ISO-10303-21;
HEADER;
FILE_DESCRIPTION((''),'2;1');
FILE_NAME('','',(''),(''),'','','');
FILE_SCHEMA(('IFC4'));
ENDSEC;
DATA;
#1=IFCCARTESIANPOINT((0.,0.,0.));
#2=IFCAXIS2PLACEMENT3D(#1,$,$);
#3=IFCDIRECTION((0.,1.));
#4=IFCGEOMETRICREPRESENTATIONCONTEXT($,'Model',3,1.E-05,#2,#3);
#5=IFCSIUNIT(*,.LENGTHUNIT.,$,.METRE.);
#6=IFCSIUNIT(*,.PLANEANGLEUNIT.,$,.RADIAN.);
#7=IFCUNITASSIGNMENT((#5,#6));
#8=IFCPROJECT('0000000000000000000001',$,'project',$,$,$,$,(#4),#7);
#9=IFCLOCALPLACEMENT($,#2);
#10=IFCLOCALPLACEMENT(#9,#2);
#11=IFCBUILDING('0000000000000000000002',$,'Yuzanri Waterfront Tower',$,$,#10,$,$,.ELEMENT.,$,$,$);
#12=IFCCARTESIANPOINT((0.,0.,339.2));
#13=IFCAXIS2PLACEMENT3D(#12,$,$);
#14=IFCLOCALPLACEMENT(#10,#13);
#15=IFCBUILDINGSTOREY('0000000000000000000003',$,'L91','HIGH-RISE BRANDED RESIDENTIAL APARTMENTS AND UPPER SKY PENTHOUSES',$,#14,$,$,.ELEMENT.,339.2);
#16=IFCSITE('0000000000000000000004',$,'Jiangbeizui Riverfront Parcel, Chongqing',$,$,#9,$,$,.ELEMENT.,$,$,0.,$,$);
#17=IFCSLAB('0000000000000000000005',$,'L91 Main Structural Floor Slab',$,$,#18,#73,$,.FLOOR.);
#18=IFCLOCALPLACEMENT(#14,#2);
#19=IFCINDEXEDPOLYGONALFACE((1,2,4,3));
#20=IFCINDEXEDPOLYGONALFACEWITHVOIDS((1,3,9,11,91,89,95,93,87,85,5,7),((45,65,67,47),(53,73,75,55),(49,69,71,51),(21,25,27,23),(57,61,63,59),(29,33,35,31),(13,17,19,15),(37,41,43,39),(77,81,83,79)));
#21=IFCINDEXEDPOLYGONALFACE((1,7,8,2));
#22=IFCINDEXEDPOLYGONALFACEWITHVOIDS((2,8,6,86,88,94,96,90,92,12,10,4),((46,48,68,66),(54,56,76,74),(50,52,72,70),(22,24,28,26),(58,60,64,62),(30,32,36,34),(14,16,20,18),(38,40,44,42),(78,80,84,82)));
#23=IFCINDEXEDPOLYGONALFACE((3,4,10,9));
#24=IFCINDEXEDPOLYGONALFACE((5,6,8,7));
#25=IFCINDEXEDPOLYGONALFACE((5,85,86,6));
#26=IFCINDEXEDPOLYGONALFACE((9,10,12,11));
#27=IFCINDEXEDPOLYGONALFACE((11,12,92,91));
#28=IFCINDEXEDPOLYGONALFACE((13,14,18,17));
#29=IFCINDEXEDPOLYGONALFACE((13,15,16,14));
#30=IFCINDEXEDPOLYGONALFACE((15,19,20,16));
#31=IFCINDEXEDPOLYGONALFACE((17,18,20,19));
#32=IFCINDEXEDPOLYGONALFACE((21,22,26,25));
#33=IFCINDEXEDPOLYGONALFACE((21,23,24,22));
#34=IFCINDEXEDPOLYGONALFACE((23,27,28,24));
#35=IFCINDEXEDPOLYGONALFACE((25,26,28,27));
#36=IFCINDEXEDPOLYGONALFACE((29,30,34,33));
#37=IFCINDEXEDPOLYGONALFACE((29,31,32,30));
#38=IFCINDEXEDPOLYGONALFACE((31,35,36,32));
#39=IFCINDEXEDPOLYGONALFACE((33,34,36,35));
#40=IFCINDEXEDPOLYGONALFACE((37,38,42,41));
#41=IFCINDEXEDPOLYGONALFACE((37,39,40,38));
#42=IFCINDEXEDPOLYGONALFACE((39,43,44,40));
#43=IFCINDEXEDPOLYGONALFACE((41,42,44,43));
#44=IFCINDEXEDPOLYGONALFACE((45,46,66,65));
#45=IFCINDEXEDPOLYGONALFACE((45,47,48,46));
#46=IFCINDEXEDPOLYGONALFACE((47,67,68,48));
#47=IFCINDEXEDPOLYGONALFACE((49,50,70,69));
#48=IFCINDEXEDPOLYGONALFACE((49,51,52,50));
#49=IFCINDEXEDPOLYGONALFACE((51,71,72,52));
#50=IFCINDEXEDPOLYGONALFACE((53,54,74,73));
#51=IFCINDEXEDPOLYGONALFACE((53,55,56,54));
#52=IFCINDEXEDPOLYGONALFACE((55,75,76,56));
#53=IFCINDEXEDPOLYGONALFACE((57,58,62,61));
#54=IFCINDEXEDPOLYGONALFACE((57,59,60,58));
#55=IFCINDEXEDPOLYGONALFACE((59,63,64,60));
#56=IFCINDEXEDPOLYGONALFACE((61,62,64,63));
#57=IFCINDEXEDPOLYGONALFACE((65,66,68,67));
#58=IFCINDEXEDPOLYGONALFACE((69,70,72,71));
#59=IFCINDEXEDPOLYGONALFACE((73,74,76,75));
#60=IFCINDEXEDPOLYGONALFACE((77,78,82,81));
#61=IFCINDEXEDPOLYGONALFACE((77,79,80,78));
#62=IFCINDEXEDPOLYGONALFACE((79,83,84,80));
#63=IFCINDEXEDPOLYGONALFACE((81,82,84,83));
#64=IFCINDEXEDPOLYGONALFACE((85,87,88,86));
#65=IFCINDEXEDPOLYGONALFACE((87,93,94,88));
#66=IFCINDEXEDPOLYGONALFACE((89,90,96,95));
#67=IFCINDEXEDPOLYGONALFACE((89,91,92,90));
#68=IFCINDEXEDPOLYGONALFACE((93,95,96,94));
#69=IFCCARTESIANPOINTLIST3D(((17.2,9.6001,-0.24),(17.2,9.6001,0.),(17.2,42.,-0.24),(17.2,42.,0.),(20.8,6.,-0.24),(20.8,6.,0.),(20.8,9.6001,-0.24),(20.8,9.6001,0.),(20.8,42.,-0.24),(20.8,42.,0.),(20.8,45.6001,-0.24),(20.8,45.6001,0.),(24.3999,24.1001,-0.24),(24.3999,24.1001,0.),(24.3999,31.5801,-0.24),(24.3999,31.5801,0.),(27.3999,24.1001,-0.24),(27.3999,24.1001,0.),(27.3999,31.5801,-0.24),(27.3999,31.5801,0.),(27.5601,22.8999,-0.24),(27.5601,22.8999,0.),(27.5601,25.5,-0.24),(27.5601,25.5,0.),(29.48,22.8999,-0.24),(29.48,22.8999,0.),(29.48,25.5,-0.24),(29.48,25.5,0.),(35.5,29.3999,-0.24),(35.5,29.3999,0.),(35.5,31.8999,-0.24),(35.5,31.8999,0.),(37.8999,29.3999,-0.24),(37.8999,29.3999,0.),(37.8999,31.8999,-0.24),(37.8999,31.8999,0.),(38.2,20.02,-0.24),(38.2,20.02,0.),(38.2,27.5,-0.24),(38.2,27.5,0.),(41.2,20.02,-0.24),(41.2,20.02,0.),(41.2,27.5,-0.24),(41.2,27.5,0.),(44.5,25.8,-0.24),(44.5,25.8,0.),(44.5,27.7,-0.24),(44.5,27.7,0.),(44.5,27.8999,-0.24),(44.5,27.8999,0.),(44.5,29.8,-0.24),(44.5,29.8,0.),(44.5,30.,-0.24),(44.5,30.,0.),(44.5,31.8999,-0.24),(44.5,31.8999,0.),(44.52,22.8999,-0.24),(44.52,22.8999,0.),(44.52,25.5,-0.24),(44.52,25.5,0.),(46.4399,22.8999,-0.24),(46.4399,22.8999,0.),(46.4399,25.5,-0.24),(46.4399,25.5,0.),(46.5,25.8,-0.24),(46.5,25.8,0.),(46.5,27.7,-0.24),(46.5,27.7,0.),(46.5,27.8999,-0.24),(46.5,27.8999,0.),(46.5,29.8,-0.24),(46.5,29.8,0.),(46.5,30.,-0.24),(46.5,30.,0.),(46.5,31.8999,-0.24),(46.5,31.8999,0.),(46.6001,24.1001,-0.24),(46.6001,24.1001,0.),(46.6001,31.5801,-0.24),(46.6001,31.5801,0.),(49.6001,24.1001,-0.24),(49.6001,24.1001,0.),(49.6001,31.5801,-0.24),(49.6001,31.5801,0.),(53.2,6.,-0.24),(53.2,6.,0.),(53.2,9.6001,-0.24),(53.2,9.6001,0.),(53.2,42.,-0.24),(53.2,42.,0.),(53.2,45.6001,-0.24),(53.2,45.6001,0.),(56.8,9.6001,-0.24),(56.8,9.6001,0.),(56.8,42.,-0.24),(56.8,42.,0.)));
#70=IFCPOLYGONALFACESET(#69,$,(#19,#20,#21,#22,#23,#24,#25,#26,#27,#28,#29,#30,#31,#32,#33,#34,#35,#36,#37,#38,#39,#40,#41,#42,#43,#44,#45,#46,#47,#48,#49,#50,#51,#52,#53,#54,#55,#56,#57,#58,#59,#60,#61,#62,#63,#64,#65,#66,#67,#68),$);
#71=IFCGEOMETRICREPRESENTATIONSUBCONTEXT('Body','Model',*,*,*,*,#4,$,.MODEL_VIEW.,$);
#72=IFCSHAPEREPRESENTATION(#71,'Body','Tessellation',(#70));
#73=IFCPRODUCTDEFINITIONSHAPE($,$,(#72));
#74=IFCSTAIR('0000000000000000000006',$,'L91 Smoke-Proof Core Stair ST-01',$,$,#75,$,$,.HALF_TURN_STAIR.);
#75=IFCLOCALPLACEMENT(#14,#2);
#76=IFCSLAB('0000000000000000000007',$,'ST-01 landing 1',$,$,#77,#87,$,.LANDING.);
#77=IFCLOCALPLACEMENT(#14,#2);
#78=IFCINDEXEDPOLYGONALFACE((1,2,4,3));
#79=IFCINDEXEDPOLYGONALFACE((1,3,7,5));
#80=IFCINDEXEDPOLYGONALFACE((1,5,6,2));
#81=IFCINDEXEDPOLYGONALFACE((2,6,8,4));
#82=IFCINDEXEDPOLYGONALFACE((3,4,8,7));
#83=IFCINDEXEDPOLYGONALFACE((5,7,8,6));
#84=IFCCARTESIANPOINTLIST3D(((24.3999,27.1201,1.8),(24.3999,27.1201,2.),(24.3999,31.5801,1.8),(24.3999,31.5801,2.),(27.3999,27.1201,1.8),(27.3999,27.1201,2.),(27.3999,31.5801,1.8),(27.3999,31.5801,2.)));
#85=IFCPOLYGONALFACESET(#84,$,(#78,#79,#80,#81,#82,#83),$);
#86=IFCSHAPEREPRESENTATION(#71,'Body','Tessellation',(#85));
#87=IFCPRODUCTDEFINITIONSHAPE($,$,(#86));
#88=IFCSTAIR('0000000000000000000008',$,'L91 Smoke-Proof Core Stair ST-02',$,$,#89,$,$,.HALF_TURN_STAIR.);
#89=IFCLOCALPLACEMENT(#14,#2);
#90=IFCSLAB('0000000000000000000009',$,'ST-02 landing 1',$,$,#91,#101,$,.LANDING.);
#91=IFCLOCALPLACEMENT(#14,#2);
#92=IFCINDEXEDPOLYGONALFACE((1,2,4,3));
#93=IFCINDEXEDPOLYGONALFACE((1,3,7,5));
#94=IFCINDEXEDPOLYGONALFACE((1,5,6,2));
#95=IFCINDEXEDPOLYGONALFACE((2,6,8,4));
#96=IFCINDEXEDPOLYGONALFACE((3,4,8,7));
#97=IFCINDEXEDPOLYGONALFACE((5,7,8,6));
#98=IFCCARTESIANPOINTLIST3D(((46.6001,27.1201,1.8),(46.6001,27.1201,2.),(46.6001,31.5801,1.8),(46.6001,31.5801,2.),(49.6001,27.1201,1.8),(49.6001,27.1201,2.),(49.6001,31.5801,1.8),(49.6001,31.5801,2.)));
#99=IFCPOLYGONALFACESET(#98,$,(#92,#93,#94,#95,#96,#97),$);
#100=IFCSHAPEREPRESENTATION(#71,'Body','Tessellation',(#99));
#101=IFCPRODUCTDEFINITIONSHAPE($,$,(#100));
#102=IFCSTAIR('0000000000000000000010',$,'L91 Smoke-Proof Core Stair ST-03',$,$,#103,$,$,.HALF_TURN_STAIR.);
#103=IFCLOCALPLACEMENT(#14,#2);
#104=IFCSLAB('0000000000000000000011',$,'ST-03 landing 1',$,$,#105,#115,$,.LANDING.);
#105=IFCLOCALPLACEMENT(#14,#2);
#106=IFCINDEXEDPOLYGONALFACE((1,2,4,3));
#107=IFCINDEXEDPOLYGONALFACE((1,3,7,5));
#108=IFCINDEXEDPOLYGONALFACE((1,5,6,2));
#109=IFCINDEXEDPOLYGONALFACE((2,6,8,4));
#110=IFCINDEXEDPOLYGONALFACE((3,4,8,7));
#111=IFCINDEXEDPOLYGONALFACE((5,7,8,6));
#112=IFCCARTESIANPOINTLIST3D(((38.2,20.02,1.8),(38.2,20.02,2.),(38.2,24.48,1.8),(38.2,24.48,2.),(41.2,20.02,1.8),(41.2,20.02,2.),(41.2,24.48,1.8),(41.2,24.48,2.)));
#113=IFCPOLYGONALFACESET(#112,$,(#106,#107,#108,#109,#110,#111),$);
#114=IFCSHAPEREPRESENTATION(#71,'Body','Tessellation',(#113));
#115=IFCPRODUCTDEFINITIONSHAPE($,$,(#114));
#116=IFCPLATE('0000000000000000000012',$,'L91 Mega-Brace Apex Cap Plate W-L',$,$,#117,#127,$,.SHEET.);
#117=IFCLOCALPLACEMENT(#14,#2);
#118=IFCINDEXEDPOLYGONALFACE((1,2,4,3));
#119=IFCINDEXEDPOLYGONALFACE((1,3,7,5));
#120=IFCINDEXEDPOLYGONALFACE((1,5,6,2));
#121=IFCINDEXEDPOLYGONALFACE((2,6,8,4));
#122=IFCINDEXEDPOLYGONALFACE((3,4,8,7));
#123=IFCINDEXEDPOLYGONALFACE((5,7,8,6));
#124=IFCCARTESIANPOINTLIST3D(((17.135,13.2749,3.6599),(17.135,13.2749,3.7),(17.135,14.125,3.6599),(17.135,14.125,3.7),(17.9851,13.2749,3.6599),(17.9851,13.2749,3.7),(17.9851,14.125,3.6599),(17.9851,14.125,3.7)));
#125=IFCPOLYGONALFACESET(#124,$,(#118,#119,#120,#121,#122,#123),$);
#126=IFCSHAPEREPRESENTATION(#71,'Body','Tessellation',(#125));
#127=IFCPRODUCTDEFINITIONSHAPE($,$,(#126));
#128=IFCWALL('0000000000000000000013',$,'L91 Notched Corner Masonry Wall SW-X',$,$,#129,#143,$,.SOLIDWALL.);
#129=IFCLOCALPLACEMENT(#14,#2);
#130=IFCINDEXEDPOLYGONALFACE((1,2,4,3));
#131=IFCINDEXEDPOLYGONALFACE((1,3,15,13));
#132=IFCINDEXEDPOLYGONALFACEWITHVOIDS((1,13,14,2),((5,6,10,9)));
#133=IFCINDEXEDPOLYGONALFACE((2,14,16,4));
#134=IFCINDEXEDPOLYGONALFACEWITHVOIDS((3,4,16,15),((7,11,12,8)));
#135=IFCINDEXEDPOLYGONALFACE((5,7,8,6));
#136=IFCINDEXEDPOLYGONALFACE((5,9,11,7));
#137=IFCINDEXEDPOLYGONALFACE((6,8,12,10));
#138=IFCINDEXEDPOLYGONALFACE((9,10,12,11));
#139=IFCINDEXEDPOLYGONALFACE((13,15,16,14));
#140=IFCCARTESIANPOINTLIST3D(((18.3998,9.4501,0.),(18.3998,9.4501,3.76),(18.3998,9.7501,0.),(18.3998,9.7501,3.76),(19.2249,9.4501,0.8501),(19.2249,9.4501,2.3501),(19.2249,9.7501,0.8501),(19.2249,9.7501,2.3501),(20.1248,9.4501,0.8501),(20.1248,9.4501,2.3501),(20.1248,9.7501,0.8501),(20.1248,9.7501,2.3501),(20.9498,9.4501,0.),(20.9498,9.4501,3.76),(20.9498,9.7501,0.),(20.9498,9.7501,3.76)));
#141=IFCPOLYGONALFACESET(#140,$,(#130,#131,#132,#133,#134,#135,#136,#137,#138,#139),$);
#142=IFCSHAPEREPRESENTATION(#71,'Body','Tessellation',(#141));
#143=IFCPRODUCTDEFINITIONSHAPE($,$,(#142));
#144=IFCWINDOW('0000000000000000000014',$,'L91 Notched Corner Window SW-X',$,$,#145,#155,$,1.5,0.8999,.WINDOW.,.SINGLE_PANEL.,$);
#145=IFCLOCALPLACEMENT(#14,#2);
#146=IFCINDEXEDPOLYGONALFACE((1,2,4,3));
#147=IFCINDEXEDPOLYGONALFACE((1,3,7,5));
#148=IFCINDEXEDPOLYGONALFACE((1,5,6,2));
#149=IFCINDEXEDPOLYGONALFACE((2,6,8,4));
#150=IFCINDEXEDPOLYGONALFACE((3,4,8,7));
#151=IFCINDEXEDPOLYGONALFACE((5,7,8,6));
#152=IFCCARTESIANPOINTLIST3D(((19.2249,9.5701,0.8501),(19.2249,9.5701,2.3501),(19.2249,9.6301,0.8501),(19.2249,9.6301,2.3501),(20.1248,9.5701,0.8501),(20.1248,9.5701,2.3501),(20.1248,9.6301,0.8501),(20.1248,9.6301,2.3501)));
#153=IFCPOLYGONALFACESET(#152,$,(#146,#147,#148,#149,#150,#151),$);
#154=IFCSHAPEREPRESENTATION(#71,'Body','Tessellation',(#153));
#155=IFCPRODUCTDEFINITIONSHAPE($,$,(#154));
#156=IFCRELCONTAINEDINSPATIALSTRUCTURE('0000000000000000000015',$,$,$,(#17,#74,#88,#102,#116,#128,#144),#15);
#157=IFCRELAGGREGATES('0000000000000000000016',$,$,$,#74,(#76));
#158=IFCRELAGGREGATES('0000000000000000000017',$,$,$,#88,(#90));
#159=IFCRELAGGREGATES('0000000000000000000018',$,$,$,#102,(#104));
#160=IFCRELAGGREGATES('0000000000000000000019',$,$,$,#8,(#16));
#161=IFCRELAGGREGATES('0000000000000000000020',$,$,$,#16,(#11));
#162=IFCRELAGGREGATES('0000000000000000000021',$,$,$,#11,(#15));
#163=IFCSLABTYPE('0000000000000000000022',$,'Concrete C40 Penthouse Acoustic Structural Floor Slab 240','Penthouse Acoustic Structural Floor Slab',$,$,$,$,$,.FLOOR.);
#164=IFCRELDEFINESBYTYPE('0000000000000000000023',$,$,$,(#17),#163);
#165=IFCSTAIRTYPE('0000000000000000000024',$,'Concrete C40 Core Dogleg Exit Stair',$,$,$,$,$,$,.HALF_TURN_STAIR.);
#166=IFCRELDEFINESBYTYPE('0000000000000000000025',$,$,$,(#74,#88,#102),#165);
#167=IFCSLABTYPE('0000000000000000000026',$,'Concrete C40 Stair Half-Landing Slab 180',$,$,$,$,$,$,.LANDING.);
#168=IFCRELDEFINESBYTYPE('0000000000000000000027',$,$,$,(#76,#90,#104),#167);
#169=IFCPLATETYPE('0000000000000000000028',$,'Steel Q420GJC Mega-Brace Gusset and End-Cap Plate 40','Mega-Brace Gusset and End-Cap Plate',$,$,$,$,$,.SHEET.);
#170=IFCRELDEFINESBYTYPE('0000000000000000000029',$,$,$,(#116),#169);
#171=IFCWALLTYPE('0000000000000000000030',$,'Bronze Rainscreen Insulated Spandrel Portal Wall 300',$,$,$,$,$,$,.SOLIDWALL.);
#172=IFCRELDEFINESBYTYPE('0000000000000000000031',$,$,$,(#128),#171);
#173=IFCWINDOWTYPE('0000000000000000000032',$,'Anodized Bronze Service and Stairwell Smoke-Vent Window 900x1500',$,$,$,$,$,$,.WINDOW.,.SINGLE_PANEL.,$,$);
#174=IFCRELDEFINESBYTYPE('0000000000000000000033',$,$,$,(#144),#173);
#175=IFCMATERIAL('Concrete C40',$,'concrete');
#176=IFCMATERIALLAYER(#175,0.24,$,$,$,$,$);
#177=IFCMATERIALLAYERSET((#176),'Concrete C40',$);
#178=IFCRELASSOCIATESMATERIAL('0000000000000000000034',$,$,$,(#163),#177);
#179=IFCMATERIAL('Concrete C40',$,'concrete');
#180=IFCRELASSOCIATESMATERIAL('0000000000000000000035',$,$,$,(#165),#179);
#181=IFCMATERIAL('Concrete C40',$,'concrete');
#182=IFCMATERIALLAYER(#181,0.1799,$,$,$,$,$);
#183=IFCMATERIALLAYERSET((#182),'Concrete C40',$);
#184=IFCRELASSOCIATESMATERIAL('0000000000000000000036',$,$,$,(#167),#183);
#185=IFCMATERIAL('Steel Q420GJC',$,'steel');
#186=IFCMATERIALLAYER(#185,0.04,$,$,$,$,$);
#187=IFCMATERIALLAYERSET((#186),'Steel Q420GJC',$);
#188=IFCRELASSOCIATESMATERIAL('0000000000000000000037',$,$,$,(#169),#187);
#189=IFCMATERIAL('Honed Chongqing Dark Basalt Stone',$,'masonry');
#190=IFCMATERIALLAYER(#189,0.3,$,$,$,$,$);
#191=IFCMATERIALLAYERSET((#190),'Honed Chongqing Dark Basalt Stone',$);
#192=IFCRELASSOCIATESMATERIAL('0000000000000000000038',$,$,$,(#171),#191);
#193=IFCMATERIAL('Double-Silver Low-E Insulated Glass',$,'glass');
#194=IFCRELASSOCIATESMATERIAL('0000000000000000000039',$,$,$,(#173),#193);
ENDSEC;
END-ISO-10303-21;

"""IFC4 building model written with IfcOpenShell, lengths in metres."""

from ifc_helpers import new_model, si_unit, direction, frame, frame_2d, origin, origin_2d, place, context, subcontext, project, spatial, polyline, rectangle, outline, extrude, source, transform, mapped, material, layer, layer_set, type_object, element, fill, aggregate, save


model = new_model("IFC4")

# Units and contexts
model_context = context("Model", 3, precision=1e-05, world=origin(), true_north=direction((0.0, 1.0)))
body_context = subcontext(model_context, "Body", "Model", "MODEL_VIEW")
ifc_project = project(units=[si_unit("LENGTHUNIT", "METRE"), si_unit("PLANEANGLEUNIT", "RADIAN")], contexts=[model_context])

# Site, building, storey
site_placement = place(None, origin())
site = spatial("IfcSite", under=ifc_project, at=site_placement, Name="Jiangbeizui Riverfront Parcel, Chongqing", CompositionType="ELEMENT", RefElevation=0.0)
building_placement = place(site_placement, origin())
building = spatial("IfcBuilding", under=site, at=building_placement, Name="Yuzanri Waterfront Tower", CompositionType="ELEMENT")
storey_placement = place(building_placement, frame((0.0, 0.0, 339.2)))
storey = spatial("IfcBuildingStorey", under=building, at=storey_placement, Name="L91", Description="HIGH-RISE BRANDED RESIDENTIAL APARTMENTS AND UPPER SKY PENTHOUSES", CompositionType="ELEMENT", Elevation=339.2)

# Slab
ifc_material_1 = material(Name="Concrete C40", Category="concrete")
ifc_layer_1 = layer(ifc_material_1, 0.24)
ifc_layer_set_1 = layer_set([ifc_layer_1], Name="Concrete C40")
slab_type_1 = type_object("IfcSlabType", Name="Concrete C40 Penthouse Acoustic Structural Floor Slab 240", Description="Penthouse Acoustic Structural Floor Slab", PredefinedType="FLOOR", material=ifc_layer_set_1)
slab_1_placement = place(storey_placement, frame((0.0, 0.0, -0.24)))
element("IfcSlab", 1, at=slab_1_placement, inside=storey, type_object=slab_type_1, Name="L91 Main Structural Floor Slab", PredefinedType="FLOOR", context=body_context, shape_type="SweptSolid", body=[
    extrude(outline(polyline([(20.8, 6.0), (53.2, 6.0), (53.2, 9.6001), (56.8, 9.6001), (56.8, 42.0), (53.2, 42.0), (53.2, 45.6001), (20.8, 45.6001), (20.8, 42.0), (17.2, 42.0), (17.2, 9.6001), (20.8, 9.6001), (20.8, 6.0)]), holes=[polyline([(27.3999, 24.1001), (27.3999, 31.5801), (24.3999, 31.5801), (24.3999, 24.1001), (27.3999, 24.1001)]), polyline([(49.6001, 24.1001), (49.6001, 31.5801), (46.6001, 31.5801), (46.6001, 24.1001), (49.6001, 24.1001)]), polyline([(38.2, 27.5), (38.2, 20.02), (41.2, 20.02), (41.2, 27.5), (38.2, 27.5)]), polyline([(27.5601, 22.8999), (29.48, 22.8999), (29.48, 25.5), (27.5601, 25.5), (27.5601, 22.8999)]), polyline([(44.52, 22.8999), (46.4399, 22.8999), (46.4399, 25.5), (44.52, 25.5), (44.52, 22.8999)]), polyline([(35.5, 29.3999), (37.8999, 29.3999), (37.8999, 31.8999), (35.5, 31.8999), (35.5, 29.3999)]), polyline([(44.5, 25.8), (46.5, 25.8), (46.5, 27.7), (44.5, 27.7), (44.5, 25.8)]), polyline([(44.5, 27.8999), (46.5, 27.8999), (46.5, 29.8), (44.5, 29.8), (44.5, 27.8999)]), polyline([(44.5, 30.0), (46.5, 30.0), (46.5, 31.8999), (44.5, 31.8999), (44.5, 30.0)])]), origin(), (0.0, 0.0, 1.0), 0.24),
])

# Stairs, slabs
ifc_material_2 = material(Name="Concrete C40", Category="concrete")
stair_type = type_object("IfcStairType", Name="Concrete C40 Core Dogleg Exit Stair", PredefinedType="HALF_TURN_STAIR", material=ifc_material_2)
stair_1_placement = place(storey_placement, origin())
stair_1 = element("IfcStair", 2, at=stair_1_placement, inside=storey, type_object=stair_type, Name="L91 Smoke-Proof Core Stair ST-01", PredefinedType="HALF_TURN_STAIR")
ifc_material_3 = material(Name="Concrete C40", Category="concrete")
ifc_layer_2 = layer(ifc_material_3, 0.1799)
ifc_layer_set_2 = layer_set([ifc_layer_2], Name="Concrete C40")
slab_type_2 = type_object("IfcSlabType", Name="Concrete C40 Stair Half-Landing Slab 180", PredefinedType="LANDING", material=ifc_layer_set_2)
slab_2_placement = place(storey_placement, frame((0.0, 0.0, 1.8)))
slab_2 = element("IfcSlab", 3, at=slab_2_placement, type_object=slab_type_2, Name="ST-01 landing 1", PredefinedType="LANDING", context=body_context, shape_type="SweptSolid", body=[
    extrude(outline(polyline([(27.3999, 27.1201), (27.3999, 31.5801), (24.3999, 31.5801), (24.3999, 27.1201), (27.3999, 27.1201)])), origin(), (0.0, 0.0, 1.0), 0.2),
])
aggregate(stair_1, [slab_2])
stair_2_placement = place(storey_placement, origin())
stair_2 = element("IfcStair", 4, at=stair_2_placement, inside=storey, type_object=stair_type, Name="L91 Smoke-Proof Core Stair ST-02", PredefinedType="HALF_TURN_STAIR")
slab_3_placement = place(storey_placement, frame((0.0, 0.0, 1.8)))
slab_3 = element("IfcSlab", 5, at=slab_3_placement, type_object=slab_type_2, Name="ST-02 landing 1", PredefinedType="LANDING", context=body_context, shape_type="SweptSolid", body=[
    extrude(outline(polyline([(49.6001, 27.1201), (49.6001, 31.5801), (46.6001, 31.5801), (46.6001, 27.1201), (49.6001, 27.1201)])), origin(), (0.0, 0.0, 1.0), 0.2),
])
aggregate(stair_2, [slab_3])
stair_3_placement = place(storey_placement, origin())
stair_3 = element("IfcStair", 6, at=stair_3_placement, inside=storey, type_object=stair_type, Name="L91 Smoke-Proof Core Stair ST-03", PredefinedType="HALF_TURN_STAIR")
slab_4_placement = place(storey_placement, frame((0.0, 0.0, 1.8)))
slab_4 = element("IfcSlab", 7, at=slab_4_placement, type_object=slab_type_2, Name="ST-03 landing 1", PredefinedType="LANDING", context=body_context, shape_type="SweptSolid", body=[
    extrude(outline(polyline([(38.2, 24.48), (38.2, 20.02), (41.2, 20.02), (41.2, 24.48), (38.2, 24.48)])), origin(), (0.0, 0.0, 1.0), 0.2),
])
aggregate(stair_3, [slab_4])

# Plate
ifc_material_4 = material(Name="Steel Q420GJC", Category="steel")
ifc_layer_3 = layer(ifc_material_4, 0.04)
ifc_layer_set_3 = layer_set([ifc_layer_3], Name="Steel Q420GJC")
plate_type = type_object("IfcPlateType", Name="Steel Q420GJC Mega-Brace Gusset and End-Cap Plate 40", Description="Mega-Brace Gusset and End-Cap Plate", PredefinedType="SHEET", material=ifc_layer_set_3)
shared_shape_1 = source(origin(), body_context, "Body", "SweptSolid", [
    extrude(rectangle(XDim=0.8501, YDim=0.8501, at=origin_2d()), origin(), (0.0, 0.0, 1.0), 0.04),
])
plate_placement = place(storey_placement, frame((17.5601, 13.7, 3.6599), z_axis=(0.0, 0.0, 1.0), x_axis=(1.0, 0.0, 0.0)))
element("IfcPlate", 8, at=plate_placement, inside=storey, type_object=plate_type, Name="L91 Mega-Brace Apex Cap Plate W-L", PredefinedType="SHEET", context=body_context, shape_type="MappedRepresentation", body=[
    mapped(shared_shape_1, transform((0.0, 0.0, 0.0), scale=1.0)),
])

# Wall, opening, window
ifc_material_5 = material(Name="Honed Chongqing Dark Basalt Stone", Category="masonry")
ifc_layer_4 = layer(ifc_material_5, 0.3)
ifc_layer_set_4 = layer_set([ifc_layer_4], Name="Honed Chongqing Dark Basalt Stone")
wall_type_1 = type_object("IfcWallType", Name="Bronze Rainscreen Insulated Spandrel Portal Wall 300", PredefinedType="SOLIDWALL", material=ifc_layer_set_4)
wall_1_placement = place(storey_placement, frame((18.3999, 9.6001, 0.0), z_axis=(0.0, 0.0, 1.0), x_axis=(1.0, 0.0, 0.0)))
wall_1 = element("IfcWall", 9, at=wall_1_placement, inside=storey, type_object=wall_type_1, Name="L91 Notched Corner Masonry Wall SW-X", PredefinedType="SOLIDWALL", context=body_context, shape_type="SweptSolid", body=[
    extrude(rectangle(XDim=2.55, YDim=0.3, at=frame_2d((1.2749, 0.0))), origin(), (0.0, 0.0, 1.0), 3.76),
])
opening_1_placement = place(wall_1_placement, frame((0.825, 0.0, 0.8501)))
opening_1 = element("IfcOpeningElement", 10, at=opening_1_placement, cuts=wall_1, PredefinedType="OPENING", context=body_context, shape_type="SweptSolid", body=[
    extrude(rectangle(XDim=0.8999, YDim=1.5, at=frame_2d((0.45, 0.75))), frame((0.0, 0.165, 0.0), z_axis=(0.0, -1.0, 0.0), x_axis=(1.0, 0.0, 0.0)), (0.0, 0.0, 1.0), 0.3298),
])
ifc_material_6 = material(Name="Double-Silver Low-E Insulated Glass", Category="glass")
window_type_1 = type_object("IfcWindowType", Name="Anodized Bronze Service and Stairwell Smoke-Vent Window 900x1500", PartitioningType="SINGLE_PANEL", PredefinedType="WINDOW", material=ifc_material_6)
shared_shape_2 = source(origin(), body_context, "Body", "SweptSolid", [
    extrude(rectangle(XDim=0.8999, YDim=1.5, at=frame_2d((0.45, 0.75))), frame((0.0, 0.03, 0.0), z_axis=(0.0, -1.0, 0.0), x_axis=(1.0, 0.0, 0.0)), (0.0, 0.0, 1.0), 0.0601),
])
window_1_placement = place(opening_1_placement, origin())
window_1 = element("IfcWindow", 11, at=window_1_placement, inside=storey, type_object=window_type_1, Name="L91 Notched Corner Window SW-X", OverallHeight=1.5, OverallWidth=0.8999, PartitioningType="SINGLE_PANEL", PredefinedType="WINDOW", context=body_context, shape_type="MappedRepresentation", body=[
    mapped(shared_shape_2, transform((0.0, 0.0, 0.0), scale=1.0)),
])
fill(opening_1, window_1)

save(model, "model.ifc")
